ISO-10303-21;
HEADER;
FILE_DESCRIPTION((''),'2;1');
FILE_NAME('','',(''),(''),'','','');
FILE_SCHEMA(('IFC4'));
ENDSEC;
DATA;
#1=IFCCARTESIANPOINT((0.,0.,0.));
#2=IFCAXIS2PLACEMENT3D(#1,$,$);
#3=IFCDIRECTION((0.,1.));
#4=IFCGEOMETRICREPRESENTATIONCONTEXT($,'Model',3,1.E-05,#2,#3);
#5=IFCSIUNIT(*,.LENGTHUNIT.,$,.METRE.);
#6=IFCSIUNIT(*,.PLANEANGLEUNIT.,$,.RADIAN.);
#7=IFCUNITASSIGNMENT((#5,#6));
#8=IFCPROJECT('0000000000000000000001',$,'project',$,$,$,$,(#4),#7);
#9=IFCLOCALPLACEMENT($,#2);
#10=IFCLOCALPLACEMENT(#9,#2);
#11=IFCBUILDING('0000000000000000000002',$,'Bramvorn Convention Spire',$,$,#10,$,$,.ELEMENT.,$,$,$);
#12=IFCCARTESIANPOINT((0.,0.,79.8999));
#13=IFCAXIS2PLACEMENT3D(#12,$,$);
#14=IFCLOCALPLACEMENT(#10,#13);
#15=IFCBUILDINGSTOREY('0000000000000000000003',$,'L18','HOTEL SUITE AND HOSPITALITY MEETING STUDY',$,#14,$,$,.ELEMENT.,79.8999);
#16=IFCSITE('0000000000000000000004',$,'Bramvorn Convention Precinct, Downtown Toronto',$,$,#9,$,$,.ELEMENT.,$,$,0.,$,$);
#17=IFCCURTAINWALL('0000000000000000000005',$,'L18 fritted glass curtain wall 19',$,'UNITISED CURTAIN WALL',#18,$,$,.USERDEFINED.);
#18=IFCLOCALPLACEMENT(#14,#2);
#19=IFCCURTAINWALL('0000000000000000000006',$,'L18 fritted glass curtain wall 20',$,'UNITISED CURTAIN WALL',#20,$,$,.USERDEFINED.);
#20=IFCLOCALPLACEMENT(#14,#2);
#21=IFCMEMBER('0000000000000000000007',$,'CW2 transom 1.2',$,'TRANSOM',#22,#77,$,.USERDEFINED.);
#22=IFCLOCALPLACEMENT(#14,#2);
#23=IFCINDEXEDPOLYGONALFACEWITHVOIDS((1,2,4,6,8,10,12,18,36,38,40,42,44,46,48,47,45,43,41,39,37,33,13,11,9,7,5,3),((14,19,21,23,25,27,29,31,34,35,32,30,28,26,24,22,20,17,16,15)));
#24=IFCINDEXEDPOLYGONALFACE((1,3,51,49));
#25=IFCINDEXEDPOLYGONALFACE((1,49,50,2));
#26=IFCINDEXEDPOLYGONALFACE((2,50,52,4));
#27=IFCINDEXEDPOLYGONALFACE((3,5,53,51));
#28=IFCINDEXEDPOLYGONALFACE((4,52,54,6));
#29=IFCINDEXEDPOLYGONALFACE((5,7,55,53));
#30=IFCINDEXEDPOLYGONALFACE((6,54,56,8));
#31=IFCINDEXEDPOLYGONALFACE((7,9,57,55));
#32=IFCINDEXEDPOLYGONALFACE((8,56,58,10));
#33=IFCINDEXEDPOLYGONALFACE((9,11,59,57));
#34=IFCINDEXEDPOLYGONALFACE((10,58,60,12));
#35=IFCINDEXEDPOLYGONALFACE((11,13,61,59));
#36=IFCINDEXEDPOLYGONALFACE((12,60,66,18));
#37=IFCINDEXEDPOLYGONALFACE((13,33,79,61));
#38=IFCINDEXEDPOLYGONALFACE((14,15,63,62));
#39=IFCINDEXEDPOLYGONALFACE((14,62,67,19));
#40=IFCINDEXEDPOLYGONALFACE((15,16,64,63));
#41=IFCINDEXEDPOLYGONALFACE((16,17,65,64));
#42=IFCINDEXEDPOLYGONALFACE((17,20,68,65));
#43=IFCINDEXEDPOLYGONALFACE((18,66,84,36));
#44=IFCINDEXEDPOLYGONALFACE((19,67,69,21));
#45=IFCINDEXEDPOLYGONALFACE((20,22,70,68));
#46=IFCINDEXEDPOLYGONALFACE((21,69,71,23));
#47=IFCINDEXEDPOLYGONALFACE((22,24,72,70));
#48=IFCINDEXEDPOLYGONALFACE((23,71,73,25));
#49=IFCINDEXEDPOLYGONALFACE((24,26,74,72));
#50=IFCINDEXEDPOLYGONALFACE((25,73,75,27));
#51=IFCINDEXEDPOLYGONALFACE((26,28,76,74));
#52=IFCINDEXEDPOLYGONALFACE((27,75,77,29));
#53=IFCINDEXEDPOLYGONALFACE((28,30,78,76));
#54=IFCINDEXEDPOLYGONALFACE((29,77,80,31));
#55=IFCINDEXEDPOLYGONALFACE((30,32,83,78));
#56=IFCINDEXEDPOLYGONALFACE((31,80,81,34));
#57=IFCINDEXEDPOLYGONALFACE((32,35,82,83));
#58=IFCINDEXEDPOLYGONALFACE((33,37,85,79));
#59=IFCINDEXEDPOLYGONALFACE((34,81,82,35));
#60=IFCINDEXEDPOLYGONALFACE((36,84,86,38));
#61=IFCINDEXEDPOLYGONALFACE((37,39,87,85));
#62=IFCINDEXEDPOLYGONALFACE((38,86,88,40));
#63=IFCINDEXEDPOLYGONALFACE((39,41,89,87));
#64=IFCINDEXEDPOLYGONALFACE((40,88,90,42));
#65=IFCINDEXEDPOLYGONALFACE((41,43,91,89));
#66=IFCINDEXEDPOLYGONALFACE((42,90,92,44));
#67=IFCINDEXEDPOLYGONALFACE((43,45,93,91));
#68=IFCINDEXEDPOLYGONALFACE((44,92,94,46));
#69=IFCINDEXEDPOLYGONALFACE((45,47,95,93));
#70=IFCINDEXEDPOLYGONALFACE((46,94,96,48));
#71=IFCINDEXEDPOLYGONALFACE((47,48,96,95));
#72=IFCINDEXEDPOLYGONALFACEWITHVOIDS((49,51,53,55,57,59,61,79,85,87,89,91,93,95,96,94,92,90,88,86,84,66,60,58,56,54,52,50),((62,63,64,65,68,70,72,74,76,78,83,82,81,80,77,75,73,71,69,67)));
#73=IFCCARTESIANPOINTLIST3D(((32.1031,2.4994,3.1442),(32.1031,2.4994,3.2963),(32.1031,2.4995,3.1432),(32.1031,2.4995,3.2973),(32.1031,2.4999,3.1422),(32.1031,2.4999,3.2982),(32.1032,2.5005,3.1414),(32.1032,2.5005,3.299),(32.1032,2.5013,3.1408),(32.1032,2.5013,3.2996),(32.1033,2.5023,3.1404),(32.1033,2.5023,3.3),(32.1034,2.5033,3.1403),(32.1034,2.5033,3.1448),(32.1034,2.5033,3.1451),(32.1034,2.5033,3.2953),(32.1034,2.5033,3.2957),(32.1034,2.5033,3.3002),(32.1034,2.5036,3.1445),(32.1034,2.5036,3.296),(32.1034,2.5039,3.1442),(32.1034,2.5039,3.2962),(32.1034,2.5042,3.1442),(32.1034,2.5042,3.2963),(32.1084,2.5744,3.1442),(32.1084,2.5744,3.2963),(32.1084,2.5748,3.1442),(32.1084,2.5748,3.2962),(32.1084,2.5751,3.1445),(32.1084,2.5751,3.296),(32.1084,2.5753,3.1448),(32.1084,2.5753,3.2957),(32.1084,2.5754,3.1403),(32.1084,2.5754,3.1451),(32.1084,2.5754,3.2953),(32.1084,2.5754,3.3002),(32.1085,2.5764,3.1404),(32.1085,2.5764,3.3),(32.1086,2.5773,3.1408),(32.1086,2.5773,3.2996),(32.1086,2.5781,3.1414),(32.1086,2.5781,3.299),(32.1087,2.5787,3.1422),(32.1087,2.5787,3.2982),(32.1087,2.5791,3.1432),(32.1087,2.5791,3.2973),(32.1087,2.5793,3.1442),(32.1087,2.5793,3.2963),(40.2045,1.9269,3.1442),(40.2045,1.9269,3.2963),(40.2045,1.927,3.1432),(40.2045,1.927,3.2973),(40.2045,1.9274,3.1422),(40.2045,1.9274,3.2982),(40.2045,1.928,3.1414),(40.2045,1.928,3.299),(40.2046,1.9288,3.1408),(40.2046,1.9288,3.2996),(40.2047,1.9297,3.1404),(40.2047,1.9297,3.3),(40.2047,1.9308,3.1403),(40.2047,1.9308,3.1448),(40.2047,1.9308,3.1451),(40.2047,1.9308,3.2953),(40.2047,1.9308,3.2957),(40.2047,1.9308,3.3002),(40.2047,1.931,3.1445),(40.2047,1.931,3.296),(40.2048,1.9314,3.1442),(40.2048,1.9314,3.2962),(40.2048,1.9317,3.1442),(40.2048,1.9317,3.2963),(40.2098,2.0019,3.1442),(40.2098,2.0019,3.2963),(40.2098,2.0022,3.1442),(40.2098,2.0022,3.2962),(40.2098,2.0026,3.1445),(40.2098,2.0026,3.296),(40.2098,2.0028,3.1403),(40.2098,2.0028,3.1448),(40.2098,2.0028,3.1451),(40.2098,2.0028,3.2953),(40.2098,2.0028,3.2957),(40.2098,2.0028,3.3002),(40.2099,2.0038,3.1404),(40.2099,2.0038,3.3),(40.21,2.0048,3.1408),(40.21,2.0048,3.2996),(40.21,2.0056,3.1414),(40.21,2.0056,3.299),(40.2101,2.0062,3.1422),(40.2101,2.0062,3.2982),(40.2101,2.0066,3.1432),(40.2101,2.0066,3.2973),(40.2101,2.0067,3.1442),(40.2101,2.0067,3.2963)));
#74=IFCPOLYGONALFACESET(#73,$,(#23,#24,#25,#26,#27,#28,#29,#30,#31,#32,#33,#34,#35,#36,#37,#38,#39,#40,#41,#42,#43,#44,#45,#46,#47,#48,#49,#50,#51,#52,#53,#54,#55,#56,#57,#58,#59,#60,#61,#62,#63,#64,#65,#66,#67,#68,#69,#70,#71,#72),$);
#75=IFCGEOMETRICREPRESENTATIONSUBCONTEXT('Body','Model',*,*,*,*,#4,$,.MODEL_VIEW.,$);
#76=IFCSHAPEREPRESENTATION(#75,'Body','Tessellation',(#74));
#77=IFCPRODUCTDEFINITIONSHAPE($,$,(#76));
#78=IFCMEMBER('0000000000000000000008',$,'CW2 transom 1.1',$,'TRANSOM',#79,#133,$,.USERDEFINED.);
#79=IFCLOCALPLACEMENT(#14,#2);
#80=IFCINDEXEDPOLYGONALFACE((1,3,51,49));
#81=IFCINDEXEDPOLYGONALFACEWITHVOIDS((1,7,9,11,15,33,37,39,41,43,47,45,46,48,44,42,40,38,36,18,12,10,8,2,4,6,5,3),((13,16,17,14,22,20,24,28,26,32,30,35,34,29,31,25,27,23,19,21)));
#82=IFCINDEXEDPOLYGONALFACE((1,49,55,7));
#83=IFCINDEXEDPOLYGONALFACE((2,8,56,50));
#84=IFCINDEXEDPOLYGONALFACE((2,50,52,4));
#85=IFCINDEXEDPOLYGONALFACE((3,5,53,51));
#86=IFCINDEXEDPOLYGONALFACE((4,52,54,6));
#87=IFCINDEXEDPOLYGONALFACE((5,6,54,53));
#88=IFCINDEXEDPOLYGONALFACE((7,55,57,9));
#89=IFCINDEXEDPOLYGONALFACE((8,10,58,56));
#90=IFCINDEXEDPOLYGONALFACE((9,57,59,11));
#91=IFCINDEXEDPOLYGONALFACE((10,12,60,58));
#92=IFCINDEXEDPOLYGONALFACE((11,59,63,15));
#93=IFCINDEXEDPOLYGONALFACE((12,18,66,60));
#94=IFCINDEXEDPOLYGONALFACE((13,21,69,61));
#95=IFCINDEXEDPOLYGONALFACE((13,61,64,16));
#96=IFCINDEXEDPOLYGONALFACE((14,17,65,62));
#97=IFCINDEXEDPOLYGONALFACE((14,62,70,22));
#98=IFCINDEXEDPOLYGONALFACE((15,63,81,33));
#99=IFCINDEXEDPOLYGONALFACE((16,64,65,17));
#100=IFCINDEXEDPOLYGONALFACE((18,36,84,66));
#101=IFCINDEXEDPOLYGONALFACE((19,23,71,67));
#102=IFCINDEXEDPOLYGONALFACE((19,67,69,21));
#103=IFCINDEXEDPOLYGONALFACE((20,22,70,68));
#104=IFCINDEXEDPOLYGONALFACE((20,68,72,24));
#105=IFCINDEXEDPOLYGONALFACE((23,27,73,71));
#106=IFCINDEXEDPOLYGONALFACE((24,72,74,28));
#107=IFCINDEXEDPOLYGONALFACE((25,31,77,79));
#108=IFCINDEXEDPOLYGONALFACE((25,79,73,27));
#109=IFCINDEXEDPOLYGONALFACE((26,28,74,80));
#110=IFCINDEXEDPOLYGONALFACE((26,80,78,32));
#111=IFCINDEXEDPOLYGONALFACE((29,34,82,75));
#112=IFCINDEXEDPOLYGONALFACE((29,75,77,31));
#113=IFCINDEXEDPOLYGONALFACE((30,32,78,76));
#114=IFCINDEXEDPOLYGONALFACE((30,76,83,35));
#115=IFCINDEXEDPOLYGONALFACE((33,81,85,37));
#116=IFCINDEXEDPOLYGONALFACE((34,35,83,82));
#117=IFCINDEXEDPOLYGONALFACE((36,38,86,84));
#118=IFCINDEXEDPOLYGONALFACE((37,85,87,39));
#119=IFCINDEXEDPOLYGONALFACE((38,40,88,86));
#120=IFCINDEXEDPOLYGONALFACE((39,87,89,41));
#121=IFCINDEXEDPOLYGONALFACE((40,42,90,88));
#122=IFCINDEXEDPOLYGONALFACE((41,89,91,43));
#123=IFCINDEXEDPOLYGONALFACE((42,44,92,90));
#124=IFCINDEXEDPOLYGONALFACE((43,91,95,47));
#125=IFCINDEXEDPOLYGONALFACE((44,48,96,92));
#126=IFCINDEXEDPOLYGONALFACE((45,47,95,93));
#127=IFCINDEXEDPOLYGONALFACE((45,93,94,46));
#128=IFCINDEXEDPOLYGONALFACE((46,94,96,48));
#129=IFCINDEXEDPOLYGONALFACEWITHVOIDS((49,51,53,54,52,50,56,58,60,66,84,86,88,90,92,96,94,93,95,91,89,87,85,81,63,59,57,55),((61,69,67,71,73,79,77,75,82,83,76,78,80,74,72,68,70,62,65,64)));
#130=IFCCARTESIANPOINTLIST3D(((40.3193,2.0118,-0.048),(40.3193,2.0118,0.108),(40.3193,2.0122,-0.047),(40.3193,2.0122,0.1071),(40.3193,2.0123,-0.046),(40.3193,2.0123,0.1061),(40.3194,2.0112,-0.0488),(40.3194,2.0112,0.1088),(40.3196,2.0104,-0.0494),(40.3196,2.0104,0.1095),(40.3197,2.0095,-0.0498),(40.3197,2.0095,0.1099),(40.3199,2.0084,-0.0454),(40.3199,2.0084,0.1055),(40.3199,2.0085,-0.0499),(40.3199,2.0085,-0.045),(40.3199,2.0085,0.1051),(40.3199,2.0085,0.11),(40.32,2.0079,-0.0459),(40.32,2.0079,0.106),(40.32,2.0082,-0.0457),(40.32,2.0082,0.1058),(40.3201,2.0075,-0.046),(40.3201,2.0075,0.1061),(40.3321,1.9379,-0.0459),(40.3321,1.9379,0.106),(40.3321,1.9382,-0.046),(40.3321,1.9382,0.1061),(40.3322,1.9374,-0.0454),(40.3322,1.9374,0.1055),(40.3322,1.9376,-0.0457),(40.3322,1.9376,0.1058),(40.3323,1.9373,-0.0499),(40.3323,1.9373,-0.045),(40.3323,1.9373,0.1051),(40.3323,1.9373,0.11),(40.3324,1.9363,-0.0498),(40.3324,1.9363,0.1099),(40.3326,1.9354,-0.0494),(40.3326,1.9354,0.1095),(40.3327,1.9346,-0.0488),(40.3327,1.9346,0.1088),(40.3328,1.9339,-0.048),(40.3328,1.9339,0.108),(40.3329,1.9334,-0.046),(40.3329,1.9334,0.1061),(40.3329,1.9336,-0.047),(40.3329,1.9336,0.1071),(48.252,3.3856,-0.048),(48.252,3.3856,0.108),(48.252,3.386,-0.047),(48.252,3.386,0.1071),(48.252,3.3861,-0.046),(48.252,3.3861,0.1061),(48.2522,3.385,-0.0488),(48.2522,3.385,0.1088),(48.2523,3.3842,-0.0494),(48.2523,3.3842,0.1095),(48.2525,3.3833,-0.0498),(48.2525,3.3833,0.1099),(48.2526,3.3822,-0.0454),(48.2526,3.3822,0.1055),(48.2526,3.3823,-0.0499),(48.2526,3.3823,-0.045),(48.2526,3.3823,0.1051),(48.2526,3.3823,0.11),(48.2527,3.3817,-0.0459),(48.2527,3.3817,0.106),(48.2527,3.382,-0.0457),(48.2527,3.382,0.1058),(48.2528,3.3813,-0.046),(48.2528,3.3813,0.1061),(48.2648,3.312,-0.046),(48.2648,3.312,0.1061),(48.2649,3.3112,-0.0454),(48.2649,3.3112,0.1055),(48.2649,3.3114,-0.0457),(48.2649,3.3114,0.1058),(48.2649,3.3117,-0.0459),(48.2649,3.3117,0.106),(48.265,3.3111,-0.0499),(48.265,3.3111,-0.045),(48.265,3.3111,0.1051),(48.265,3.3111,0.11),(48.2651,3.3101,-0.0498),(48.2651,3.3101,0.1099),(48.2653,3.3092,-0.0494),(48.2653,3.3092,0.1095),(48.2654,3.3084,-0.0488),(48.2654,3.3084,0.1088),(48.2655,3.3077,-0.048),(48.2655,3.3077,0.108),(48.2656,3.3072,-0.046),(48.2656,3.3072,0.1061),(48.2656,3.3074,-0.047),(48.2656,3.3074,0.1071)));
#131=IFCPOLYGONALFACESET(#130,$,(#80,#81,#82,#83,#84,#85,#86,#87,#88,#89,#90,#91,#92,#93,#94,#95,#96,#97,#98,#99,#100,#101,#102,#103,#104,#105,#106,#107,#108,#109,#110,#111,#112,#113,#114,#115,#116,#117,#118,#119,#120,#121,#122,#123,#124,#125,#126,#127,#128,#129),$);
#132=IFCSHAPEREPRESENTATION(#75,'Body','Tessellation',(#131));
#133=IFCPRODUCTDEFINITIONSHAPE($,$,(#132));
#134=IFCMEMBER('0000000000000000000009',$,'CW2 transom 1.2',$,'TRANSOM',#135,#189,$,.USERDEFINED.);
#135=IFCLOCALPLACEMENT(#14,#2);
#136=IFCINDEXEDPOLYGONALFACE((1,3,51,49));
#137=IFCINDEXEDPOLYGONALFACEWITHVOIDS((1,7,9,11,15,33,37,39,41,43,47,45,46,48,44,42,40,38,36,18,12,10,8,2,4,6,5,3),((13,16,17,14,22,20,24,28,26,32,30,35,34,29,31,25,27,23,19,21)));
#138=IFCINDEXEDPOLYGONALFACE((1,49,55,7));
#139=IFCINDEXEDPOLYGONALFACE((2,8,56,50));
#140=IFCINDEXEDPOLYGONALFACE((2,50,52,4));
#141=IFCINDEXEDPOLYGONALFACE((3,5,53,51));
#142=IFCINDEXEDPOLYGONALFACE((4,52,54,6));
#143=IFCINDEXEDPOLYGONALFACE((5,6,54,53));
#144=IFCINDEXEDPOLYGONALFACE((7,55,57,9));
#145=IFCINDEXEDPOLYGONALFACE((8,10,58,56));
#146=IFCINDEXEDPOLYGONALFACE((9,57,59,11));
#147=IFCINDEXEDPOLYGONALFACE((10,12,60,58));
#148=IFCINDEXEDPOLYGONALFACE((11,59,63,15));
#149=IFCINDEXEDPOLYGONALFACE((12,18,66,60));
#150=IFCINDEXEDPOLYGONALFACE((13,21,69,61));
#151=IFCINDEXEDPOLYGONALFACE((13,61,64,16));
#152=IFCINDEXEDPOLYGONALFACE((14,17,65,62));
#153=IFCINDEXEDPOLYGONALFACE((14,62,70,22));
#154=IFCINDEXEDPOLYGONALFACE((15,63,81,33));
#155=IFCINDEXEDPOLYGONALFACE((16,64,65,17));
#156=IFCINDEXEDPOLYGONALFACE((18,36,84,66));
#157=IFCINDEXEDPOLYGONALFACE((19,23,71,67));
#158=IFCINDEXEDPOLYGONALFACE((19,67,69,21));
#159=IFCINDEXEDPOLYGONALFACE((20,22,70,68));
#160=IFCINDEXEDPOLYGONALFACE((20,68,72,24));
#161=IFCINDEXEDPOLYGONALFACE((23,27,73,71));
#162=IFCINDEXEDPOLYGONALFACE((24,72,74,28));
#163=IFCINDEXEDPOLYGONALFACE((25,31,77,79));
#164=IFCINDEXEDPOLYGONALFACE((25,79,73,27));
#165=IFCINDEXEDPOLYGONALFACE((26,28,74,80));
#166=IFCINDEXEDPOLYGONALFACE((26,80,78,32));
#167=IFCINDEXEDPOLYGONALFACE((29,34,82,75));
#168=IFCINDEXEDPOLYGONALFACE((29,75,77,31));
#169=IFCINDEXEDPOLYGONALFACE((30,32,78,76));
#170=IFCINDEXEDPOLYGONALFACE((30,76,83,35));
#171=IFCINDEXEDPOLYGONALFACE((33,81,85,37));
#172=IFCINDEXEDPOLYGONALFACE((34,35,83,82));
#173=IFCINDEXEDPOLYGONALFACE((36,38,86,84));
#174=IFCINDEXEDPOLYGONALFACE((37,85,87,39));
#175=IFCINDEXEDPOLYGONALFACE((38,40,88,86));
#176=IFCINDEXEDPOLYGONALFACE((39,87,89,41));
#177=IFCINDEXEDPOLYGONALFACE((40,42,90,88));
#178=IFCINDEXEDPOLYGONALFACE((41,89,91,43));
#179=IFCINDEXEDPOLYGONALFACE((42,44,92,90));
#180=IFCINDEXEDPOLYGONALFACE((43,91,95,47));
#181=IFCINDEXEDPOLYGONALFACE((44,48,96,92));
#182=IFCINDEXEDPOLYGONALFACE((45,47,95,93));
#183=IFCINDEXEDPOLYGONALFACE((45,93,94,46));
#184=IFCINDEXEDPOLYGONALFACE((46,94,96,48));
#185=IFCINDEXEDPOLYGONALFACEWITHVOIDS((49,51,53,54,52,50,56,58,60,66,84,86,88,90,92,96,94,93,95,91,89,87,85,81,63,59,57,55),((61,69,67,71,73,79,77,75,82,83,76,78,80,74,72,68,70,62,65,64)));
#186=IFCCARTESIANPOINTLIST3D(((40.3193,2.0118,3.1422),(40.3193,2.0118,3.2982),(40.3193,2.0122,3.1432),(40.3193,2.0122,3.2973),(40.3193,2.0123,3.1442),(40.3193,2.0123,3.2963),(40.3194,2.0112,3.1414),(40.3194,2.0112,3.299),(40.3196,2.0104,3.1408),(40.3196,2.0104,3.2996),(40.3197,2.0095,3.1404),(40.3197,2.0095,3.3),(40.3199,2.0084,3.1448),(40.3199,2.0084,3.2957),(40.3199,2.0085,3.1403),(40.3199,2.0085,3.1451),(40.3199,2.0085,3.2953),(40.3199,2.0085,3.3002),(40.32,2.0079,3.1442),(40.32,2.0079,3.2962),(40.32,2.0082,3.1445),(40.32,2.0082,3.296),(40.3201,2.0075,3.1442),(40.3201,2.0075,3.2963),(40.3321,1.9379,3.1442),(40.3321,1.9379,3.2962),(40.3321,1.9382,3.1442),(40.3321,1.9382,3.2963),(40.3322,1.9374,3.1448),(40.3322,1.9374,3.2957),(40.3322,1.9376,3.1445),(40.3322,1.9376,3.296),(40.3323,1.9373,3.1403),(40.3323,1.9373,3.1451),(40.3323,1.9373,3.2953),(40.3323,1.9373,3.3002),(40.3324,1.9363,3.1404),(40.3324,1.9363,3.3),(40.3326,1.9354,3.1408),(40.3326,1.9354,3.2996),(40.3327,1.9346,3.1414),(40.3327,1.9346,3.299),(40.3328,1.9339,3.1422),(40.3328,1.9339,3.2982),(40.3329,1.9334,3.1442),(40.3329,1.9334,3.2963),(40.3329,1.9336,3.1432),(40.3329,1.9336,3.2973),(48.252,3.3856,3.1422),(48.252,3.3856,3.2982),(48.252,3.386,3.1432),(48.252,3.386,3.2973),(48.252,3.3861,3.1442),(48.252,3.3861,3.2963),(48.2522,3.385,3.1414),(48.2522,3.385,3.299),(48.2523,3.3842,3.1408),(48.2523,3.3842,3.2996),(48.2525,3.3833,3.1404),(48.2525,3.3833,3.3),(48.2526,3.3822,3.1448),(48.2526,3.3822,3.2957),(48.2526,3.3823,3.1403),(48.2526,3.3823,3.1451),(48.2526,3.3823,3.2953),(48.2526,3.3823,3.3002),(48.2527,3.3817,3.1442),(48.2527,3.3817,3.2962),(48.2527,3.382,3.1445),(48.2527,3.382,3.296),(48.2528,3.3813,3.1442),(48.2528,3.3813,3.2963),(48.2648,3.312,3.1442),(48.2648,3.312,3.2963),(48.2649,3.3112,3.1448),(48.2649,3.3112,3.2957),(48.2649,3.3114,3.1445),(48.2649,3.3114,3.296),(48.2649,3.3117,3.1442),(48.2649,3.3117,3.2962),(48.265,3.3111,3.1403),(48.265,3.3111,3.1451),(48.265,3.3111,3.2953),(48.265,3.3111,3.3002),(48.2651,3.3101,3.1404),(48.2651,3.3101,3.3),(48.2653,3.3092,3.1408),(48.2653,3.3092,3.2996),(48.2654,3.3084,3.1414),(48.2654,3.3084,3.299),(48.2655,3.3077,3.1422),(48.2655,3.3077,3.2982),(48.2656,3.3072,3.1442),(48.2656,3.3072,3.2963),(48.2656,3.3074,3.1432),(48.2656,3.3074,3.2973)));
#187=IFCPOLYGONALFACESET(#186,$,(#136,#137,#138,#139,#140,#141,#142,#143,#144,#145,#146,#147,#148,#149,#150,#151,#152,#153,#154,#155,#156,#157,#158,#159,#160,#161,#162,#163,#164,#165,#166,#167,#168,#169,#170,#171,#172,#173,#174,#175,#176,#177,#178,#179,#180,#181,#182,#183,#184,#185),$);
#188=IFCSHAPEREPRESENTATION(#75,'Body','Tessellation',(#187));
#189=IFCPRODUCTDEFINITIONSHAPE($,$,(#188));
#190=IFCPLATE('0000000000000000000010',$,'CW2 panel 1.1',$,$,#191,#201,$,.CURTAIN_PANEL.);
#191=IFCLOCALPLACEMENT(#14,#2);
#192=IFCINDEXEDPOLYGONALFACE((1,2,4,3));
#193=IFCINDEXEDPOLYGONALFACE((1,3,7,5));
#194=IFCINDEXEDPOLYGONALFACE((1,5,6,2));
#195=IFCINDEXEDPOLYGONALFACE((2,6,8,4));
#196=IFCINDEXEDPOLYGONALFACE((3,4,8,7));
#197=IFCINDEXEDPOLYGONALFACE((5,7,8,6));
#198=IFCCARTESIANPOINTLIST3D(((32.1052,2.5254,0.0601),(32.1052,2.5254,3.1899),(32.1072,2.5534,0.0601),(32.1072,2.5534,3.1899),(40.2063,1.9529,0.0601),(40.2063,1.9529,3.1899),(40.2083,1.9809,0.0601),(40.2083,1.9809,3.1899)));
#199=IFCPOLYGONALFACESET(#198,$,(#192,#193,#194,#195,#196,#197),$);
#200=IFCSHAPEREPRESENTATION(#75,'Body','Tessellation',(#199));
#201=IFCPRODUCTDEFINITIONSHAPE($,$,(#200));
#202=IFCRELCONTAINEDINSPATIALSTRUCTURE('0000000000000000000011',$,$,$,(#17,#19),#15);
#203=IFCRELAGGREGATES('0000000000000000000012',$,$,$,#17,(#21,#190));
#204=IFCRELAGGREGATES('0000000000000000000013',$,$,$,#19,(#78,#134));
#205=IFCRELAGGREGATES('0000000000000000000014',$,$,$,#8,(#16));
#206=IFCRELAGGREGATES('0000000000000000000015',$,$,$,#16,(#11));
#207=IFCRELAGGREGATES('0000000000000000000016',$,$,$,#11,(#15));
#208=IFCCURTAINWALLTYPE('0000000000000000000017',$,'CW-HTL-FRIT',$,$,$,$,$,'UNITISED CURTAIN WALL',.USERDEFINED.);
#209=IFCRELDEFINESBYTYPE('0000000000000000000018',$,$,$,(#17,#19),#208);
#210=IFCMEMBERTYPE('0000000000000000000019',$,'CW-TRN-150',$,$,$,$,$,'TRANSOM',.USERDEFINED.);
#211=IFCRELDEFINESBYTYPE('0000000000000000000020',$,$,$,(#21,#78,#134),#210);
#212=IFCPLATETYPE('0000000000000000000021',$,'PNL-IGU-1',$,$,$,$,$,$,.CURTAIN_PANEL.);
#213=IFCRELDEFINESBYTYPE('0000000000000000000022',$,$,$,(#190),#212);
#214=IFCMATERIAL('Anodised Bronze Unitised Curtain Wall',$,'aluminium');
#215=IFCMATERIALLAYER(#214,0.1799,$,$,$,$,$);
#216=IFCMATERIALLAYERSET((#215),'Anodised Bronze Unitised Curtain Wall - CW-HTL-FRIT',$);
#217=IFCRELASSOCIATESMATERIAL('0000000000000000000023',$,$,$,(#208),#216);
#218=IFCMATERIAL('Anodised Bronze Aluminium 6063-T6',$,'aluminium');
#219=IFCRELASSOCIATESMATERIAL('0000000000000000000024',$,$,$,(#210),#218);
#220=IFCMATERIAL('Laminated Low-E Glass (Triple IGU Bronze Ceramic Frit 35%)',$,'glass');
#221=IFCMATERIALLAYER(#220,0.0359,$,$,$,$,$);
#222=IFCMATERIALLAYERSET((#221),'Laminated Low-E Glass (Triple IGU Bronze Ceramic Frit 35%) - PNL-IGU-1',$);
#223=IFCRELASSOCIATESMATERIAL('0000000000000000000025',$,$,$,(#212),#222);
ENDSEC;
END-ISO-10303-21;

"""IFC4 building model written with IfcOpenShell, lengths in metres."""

from ifc_helpers import new_model, si_unit, direction, frame, origin, origin_2d, place, context, subcontext, project, spatial, rectangle, hollow_rectangle, extrude, material, layer, layer_set, material_profile, profile_set, type_object, element, aggregate, save


model = new_model("IFC4")

# Units and contexts
model_context = context("Model", 3, precision=1e-05, world=origin(), true_north=direction((0.0, 1.0)))
body_context = subcontext(model_context, "Body", "Model", "MODEL_VIEW")
ifc_project = project(units=[si_unit("LENGTHUNIT", "METRE"), si_unit("PLANEANGLEUNIT", "RADIAN")], contexts=[model_context])

# Site, building, storey
site_placement = place(None, origin())
site = spatial("IfcSite", under=ifc_project, at=site_placement, Name="Bramvorn Convention Precinct, Downtown Toronto", CompositionType="ELEMENT", RefElevation=0.0)
building_placement = place(site_placement, origin())
building = spatial("IfcBuilding", under=site, at=building_placement, Name="Bramvorn Convention Spire", CompositionType="ELEMENT")
storey_placement = place(building_placement, frame((0.0, 0.0, 79.8999)))
storey = spatial("IfcBuildingStorey", under=building, at=storey_placement, Name="L18", Description="HOTEL SUITE AND HOSPITALITY MEETING STUDY", CompositionType="ELEMENT", Elevation=79.8999)

# Curtain wall
ifc_material_1 = material(Name="Anodised Bronze Unitised Curtain Wall", Category="aluminium")
ifc_layer_1 = layer(ifc_material_1, 0.1799)
ifc_layer_set_1 = layer_set([ifc_layer_1], Name="Anodised Bronze Unitised Curtain Wall - CW-HTL-FRIT")
curtain_wall_type = type_object("IfcCurtainWallType", Name="CW-HTL-FRIT", ElementType="UNITISED CURTAIN WALL", PredefinedType="USERDEFINED", material=ifc_layer_set_1)
curtain_wall_1_placement = place(storey_placement, origin())
curtain_wall_1 = element("IfcCurtainWall", 1, at=curtain_wall_1_placement, inside=storey, type_object=curtain_wall_type, Name="L18 fritted glass curtain wall 19", ObjectType="UNITISED CURTAIN WALL", PredefinedType="USERDEFINED")
ifc_material_2 = material(Name="Anodised Bronze Aluminium 6063-T6", Category="aluminium")

# Curtain wall
curtain_wall_2_placement = place(storey_placement, origin())
curtain_wall_2 = element("IfcCurtainWall", 2, at=curtain_wall_2_placement, inside=storey, type_object=curtain_wall_type, Name="L18 fritted glass curtain wall 20", ObjectType="UNITISED CURTAIN WALL", PredefinedType="USERDEFINED")

# Members
ifc_material_profile_1 = material_profile(ifc_material_2, hollow_rectangle(XDim=0.0801, YDim=0.1599, WallThickness=0.0039, InnerFilletRadius=0.001, OuterFilletRadius=0.0039, at=origin_2d()))
ifc_profile_set_1 = profile_set([ifc_material_profile_1], Name="Anodised Bronze Aluminium 6063-T6 - CWT80X160")
member_type_1 = type_object("IfcMemberType", Name="CW-TRN-150", ElementType="TRANSOM", PredefinedType="USERDEFINED", material=ifc_profile_set_1)
member_1_placement = place(storey_placement, frame((40.2073, 1.9668, 3.2202), z_axis=(-0.997512, 0.070493, 0.0), x_axis=(-0.070493, -0.997512, 0.0)))
member_1 = element("IfcMember", 3, at=member_1_placement, type_object=member_type_1, Name="CW2 transom 1.2", ObjectType="TRANSOM", PredefinedType="USERDEFINED", context=body_context, shape_type="SweptSolid", body=[
    extrude(hollow_rectangle(XDim=0.0801, YDim=0.1599, WallThickness=0.0039, InnerFilletRadius=0.001, OuterFilletRadius=0.0039, at=origin_2d()), origin(), (0.0, 0.0, 1.0), 8.1216),
])
member_2_placement = place(storey_placement, frame((48.2588, 3.3467, 0.03), z_axis=(-0.985333, -0.170641, 0.0), x_axis=(0.170641, -0.985333, 0.0)))
member_2 = element("IfcMember", 4, at=member_2_placement, type_object=member_type_1, Name="CW2 transom 1.1", ObjectType="TRANSOM", PredefinedType="USERDEFINED", context=body_context, shape_type="SweptSolid", body=[
    extrude(hollow_rectangle(XDim=0.0801, YDim=0.1599, WallThickness=0.0039, InnerFilletRadius=0.001, OuterFilletRadius=0.0039, at=origin_2d()), origin(), (0.0, 0.0, 1.0), 8.0508),
])
member_3_placement = place(storey_placement, frame((48.2588, 3.3467, 3.2202), z_axis=(-0.985333, -0.170641, 0.0), x_axis=(0.170641, -0.985333, 0.0)))
member_3 = element("IfcMember", 5, at=member_3_placement, type_object=member_type_1, Name="CW2 transom 1.2", ObjectType="TRANSOM", PredefinedType="USERDEFINED", context=body_context, shape_type="SweptSolid", body=[
    extrude(hollow_rectangle(XDim=0.0801, YDim=0.1599, WallThickness=0.0039, InnerFilletRadius=0.001, OuterFilletRadius=0.0039, at=origin_2d()), origin(), (0.0, 0.0, 1.0), 8.0508),
])

# Plate
ifc_material_3 = material(Name="Laminated Low-E Glass (Triple IGU Bronze Ceramic Frit 35%)", Category="glass")
ifc_layer_2 = layer(ifc_material_3, 0.0359)
ifc_layer_set_2 = layer_set([ifc_layer_2], Name="Laminated Low-E Glass (Triple IGU Bronze Ceramic Frit 35%) - PNL-IGU-1")
plate_type = type_object("IfcPlateType", Name="PNL-IGU-1", PredefinedType="CURTAIN_PANEL", material=ifc_layer_set_2)
plate_1_placement = place(storey_placement, frame((36.1567, 2.2532, 0.0601), z_axis=(0.0, 0.0, 1.0), x_axis=(-0.997512, 0.070498, 0.0)))
plate_1 = element("IfcPlate", 6, at=plate_1_placement, type_object=plate_type, Name="CW2 panel 1.1", PredefinedType="CURTAIN_PANEL", context=body_context, shape_type="SweptSolid", body=[
    extrude(rectangle(XDim=8.1213, YDim=0.0281, at=origin_2d()), origin(), (0.0, 0.0, 1.0), 3.1299),
])
aggregate(curtain_wall_1, [member_1, plate_1])
aggregate(curtain_wall_2, [member_2, member_3])

save(model, "model.ifc")
